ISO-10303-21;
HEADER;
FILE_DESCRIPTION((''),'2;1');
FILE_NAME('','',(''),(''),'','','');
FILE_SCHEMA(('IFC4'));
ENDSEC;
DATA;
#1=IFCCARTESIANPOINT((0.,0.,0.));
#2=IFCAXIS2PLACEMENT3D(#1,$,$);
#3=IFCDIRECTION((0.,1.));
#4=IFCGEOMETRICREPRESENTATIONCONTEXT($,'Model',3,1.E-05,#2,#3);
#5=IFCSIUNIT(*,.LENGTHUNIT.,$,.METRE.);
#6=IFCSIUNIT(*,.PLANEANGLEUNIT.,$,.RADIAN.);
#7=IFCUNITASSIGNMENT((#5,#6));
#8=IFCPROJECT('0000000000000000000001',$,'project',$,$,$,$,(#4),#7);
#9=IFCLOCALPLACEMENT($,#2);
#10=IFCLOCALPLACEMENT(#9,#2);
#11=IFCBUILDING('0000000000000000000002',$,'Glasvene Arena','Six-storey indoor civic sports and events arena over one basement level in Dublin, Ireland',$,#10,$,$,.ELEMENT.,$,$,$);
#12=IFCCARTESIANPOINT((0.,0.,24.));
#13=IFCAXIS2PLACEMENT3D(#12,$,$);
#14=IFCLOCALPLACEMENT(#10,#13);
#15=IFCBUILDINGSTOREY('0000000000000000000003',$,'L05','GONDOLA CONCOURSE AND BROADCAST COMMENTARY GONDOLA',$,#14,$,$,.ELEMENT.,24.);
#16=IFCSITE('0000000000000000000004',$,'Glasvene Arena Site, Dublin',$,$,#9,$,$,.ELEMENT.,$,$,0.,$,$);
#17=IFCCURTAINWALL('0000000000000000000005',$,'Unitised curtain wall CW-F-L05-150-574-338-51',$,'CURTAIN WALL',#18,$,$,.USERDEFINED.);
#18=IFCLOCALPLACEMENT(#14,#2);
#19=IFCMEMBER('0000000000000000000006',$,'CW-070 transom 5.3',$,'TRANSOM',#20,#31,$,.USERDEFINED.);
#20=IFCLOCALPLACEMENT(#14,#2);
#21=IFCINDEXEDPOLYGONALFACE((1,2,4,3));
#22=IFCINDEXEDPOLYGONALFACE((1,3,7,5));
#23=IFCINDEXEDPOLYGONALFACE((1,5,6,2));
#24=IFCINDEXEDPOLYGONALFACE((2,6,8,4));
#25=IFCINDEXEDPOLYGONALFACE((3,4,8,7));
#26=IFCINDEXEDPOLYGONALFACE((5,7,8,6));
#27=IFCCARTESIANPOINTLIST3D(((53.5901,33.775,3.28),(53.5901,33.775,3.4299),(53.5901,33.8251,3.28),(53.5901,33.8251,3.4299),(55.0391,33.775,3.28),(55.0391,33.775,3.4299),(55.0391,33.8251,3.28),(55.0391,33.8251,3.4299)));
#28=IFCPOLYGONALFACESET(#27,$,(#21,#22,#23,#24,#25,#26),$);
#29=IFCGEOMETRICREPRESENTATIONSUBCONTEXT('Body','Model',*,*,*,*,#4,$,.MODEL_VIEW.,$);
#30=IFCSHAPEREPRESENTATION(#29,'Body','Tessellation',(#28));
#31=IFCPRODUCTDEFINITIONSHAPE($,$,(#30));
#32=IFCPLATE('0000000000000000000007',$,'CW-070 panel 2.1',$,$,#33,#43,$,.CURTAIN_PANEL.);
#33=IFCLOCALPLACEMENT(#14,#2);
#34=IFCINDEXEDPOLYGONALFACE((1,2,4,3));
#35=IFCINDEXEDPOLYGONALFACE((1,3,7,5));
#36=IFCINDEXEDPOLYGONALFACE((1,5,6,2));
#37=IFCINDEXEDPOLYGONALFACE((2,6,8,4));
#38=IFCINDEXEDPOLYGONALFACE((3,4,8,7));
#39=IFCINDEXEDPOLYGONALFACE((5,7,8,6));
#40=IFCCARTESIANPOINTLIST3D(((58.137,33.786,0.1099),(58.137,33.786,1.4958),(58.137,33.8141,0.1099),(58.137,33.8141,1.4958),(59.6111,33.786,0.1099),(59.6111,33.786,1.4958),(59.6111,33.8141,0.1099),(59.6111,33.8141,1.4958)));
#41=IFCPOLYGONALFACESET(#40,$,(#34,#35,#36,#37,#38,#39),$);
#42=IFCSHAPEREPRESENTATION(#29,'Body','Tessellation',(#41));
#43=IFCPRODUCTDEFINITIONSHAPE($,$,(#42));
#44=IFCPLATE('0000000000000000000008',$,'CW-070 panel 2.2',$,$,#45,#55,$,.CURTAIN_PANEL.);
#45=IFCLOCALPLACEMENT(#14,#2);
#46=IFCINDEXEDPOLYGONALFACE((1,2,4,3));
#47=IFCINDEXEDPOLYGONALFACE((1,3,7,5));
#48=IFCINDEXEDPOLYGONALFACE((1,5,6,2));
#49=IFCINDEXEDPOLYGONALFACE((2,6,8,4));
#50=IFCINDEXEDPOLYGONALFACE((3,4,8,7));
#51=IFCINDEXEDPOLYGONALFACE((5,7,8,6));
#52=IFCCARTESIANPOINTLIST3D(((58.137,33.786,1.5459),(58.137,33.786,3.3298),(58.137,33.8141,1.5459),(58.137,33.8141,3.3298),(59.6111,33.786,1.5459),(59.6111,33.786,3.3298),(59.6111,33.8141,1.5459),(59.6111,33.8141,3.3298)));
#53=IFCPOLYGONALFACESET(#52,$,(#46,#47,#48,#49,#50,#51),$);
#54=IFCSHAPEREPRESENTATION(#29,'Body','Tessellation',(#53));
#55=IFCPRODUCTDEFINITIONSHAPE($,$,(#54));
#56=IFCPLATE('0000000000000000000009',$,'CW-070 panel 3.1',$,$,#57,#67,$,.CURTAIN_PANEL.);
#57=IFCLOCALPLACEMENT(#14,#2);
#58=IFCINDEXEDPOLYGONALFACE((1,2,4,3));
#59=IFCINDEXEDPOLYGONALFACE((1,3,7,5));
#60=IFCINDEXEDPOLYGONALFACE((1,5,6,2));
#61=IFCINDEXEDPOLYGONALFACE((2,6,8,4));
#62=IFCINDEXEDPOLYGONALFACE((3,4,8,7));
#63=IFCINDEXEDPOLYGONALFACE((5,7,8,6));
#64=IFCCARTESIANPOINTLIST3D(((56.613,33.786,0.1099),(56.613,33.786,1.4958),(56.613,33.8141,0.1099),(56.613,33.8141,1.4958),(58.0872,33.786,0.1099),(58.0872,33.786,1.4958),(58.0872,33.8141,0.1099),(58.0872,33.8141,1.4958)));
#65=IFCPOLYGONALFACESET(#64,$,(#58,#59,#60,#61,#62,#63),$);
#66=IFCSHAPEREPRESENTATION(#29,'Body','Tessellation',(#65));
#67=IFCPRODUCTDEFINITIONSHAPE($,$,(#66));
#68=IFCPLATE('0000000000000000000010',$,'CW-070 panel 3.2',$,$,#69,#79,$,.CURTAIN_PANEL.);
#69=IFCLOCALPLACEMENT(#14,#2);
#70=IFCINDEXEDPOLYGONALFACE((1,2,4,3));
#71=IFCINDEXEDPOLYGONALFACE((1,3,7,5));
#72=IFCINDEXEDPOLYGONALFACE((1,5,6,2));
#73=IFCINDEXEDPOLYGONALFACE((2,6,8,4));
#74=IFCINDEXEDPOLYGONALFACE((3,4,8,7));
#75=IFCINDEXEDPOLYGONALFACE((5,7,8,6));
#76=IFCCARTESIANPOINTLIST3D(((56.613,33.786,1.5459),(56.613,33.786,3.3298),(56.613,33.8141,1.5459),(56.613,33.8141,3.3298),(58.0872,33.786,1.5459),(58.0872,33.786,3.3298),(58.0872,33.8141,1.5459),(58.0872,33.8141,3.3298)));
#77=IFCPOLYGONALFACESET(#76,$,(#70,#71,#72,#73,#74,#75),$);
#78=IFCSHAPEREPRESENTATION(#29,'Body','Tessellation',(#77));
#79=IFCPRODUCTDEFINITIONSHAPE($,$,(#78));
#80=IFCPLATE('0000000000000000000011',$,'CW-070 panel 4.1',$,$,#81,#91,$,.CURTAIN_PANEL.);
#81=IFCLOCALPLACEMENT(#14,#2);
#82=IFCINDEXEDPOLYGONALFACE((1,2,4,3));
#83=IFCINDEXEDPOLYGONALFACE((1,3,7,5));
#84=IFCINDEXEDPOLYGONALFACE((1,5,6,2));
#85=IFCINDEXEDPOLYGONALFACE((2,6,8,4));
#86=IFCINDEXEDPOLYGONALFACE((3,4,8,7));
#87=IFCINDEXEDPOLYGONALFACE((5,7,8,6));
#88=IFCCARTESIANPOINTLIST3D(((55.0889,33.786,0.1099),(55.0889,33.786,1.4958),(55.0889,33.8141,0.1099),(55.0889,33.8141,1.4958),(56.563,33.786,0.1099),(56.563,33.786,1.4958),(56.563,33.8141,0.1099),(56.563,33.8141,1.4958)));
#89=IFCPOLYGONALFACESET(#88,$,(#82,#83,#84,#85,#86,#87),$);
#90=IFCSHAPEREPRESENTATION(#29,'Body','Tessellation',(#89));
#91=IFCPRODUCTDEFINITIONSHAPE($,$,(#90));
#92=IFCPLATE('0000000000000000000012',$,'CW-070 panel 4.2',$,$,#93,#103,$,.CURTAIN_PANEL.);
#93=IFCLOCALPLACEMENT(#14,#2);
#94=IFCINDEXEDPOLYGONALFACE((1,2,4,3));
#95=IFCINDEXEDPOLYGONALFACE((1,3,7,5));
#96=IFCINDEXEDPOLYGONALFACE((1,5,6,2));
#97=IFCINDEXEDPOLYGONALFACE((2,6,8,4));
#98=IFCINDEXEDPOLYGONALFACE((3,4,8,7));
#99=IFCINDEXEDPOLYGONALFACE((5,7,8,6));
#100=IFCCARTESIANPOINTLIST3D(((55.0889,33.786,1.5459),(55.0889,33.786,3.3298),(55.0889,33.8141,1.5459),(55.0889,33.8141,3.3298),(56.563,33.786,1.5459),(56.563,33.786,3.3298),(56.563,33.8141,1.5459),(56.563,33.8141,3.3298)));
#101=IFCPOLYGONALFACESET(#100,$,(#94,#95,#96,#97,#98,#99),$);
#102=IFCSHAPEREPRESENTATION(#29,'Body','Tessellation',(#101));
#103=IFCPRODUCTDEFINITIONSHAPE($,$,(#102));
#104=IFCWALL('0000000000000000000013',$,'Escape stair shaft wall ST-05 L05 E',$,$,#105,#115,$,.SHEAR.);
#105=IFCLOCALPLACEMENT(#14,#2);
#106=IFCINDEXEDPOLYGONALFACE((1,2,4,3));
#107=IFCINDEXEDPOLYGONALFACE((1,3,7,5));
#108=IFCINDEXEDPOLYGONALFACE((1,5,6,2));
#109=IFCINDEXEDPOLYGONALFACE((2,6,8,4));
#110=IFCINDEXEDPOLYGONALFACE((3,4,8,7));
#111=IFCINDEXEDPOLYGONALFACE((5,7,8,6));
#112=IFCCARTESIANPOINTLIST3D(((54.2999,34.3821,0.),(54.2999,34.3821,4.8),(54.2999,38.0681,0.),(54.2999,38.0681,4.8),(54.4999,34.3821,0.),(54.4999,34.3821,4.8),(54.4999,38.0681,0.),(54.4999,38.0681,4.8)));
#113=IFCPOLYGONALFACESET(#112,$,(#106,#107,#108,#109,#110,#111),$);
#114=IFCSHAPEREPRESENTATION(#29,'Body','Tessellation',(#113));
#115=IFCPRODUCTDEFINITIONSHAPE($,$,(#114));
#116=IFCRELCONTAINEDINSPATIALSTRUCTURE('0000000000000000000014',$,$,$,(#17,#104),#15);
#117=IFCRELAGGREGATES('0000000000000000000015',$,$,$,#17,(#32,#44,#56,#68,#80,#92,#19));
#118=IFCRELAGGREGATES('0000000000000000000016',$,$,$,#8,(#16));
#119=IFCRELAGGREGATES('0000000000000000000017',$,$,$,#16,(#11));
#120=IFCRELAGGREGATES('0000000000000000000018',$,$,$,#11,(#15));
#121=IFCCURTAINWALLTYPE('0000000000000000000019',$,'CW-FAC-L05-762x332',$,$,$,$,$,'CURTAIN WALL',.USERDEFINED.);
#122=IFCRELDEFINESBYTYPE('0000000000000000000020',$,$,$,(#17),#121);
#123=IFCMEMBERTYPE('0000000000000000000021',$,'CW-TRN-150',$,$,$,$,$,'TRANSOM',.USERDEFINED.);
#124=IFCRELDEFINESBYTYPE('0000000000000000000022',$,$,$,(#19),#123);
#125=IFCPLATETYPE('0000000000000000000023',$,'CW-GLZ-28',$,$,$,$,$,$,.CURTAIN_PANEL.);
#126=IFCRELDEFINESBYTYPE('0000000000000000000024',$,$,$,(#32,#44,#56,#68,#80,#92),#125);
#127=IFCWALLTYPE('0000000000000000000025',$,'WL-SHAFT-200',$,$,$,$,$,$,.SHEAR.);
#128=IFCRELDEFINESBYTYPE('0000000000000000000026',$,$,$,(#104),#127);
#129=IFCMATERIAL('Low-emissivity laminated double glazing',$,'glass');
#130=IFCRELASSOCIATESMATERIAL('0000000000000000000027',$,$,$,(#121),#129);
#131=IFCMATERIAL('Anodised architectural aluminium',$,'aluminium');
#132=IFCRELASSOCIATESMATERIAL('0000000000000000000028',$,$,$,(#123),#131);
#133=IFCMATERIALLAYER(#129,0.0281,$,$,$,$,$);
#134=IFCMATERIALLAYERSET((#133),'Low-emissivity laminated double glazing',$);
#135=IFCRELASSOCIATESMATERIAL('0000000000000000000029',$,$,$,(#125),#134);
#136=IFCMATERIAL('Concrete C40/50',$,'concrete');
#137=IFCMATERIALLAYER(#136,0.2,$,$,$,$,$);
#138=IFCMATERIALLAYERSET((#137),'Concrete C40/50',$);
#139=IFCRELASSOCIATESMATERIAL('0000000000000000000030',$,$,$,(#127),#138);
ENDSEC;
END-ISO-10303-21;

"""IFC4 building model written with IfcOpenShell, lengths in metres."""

from ifc_helpers import new_model, si_unit, direction, frame, frame_2d, origin, origin_2d, place, context, subcontext, project, spatial, rectangle, extrude, material, layer, layer_set, material_profile, profile_set, type_object, element, aggregate, save


model = new_model("IFC4")

# Units and contexts
model_context = context("Model", 3, precision=1e-05, world=origin(), true_north=direction((0.0, 1.0)))
body_context = subcontext(model_context, "Body", "Model", "MODEL_VIEW")
ifc_project = project(units=[si_unit("LENGTHUNIT", "METRE"), si_unit("PLANEANGLEUNIT", "RADIAN")], contexts=[model_context])

# Site, building, storey
site_placement = place(None, origin())
site = spatial("IfcSite", under=ifc_project, at=site_placement, Name="Glasvene Arena Site, Dublin", CompositionType="ELEMENT", RefElevation=0.0)
building_placement = place(site_placement, origin())
building = spatial("IfcBuilding", under=site, at=building_placement, Name="Glasvene Arena", Description="Six-storey indoor civic sports and events arena over one basement level in Dublin, Ireland", CompositionType="ELEMENT")
storey_placement = place(building_placement, frame((0.0, 0.0, 24.0)))
storey = spatial("IfcBuildingStorey", under=building, at=storey_placement, Name="L05", Description="GONDOLA CONCOURSE AND BROADCAST COMMENTARY GONDOLA", CompositionType="ELEMENT", Elevation=24.0)

# Curtain wall, member, plates
ifc_material_1 = material(Name="Low-emissivity laminated double glazing", Category="glass")
curtain_wall_type = type_object("IfcCurtainWallType", Name="CW-FAC-L05-762x332", ElementType="CURTAIN WALL", PredefinedType="USERDEFINED", material=ifc_material_1)
curtain_wall_placement = place(storey_placement, frame((61.1599, 33.8, 0.0)))
curtain_wall = element("IfcCurtainWall", 1, at=curtain_wall_placement, inside=storey, type_object=curtain_wall_type, Name="Unitised curtain wall CW-F-L05-150-574-338-51", ObjectType="CURTAIN WALL", PredefinedType="USERDEFINED")
ifc_material_2 = material(Name="Anodised architectural aluminium", Category="aluminium")
ifc_material_profile_1 = material_profile(ifc_material_2, rectangle(XDim=0.05, YDim=0.1499, at=origin_2d()), Name="ALU TRANSOM 50x150")
ifc_profile_set_1 = profile_set([ifc_material_profile_1], Name="Anodised architectural aluminium")
member_type_1 = type_object("IfcMemberType", Name="CW-TRN-150", ElementType="TRANSOM", PredefinedType="USERDEFINED", material=ifc_profile_set_1)
member_1_placement = place(storey_placement, frame((55.0391, 33.8, 3.355), z_axis=(-1.0, 0.0, 0.0), x_axis=(0.0, -1.0, 0.0)))
member_1 = element("IfcMember", 2, at=member_1_placement, type_object=member_type_1, Name="CW-070 transom 5.3", ObjectType="TRANSOM", PredefinedType="USERDEFINED", context=body_context, shape_type="SweptSolid", body=[
    extrude(rectangle(XDim=0.05, YDim=0.1499, at=origin_2d()), origin(), (0.0, 0.0, 1.0), 1.449),
])
ifc_layer_1 = layer(ifc_material_1, 0.0281)
ifc_layer_set_1 = layer_set([ifc_layer_1], Name="Low-emissivity laminated double glazing")
plate_type = type_object("IfcPlateType", Name="CW-GLZ-28", PredefinedType="CURTAIN_PANEL", material=ifc_layer_set_1)
plate_1_placement = place(storey_placement, frame((58.874, 33.8, 0.1099), z_axis=(0.0, 0.0, 1.0), x_axis=(-1.0, 0.0, 0.0)))
plate_1 = element("IfcPlate", 3, at=plate_1_placement, type_object=plate_type, Name="CW-070 panel 2.1", PredefinedType="CURTAIN_PANEL", context=body_context, shape_type="SweptSolid", body=[
    extrude(rectangle(XDim=1.4741, YDim=0.0281, at=origin_2d()), origin(), (0.0, 0.0, 1.0), 1.386),
])
plate_2_placement = place(storey_placement, frame((58.874, 33.8, 1.5459), z_axis=(0.0, 0.0, 1.0), x_axis=(-1.0, 0.0, 0.0)))
plate_2 = element("IfcPlate", 4, at=plate_2_placement, type_object=plate_type, Name="CW-070 panel 2.2", PredefinedType="CURTAIN_PANEL", context=body_context, shape_type="SweptSolid", body=[
    extrude(rectangle(XDim=1.4741, YDim=0.0281, at=origin_2d()), origin(), (0.0, 0.0, 1.0), 1.7839),
])
plate_3_placement = place(storey_placement, frame((57.3501, 33.8, 0.1099), z_axis=(0.0, 0.0, 1.0), x_axis=(-1.0, 0.0, 0.0)))
plate_3 = element("IfcPlate", 5, at=plate_3_placement, type_object=plate_type, Name="CW-070 panel 3.1", PredefinedType="CURTAIN_PANEL", context=body_context, shape_type="SweptSolid", body=[
    extrude(rectangle(XDim=1.4741, YDim=0.0281, at=origin_2d()), origin(), (0.0, 0.0, 1.0), 1.386),
])
plate_4_placement = place(storey_placement, frame((57.3501, 33.8, 1.5459), z_axis=(0.0, 0.0, 1.0), x_axis=(-1.0, 0.0, 0.0)))
plate_4 = element("IfcPlate", 6, at=plate_4_placement, type_object=plate_type, Name="CW-070 panel 3.2", PredefinedType="CURTAIN_PANEL", context=body_context, shape_type="SweptSolid", body=[
    extrude(rectangle(XDim=1.4741, YDim=0.0281, at=origin_2d()), origin(), (0.0, 0.0, 1.0), 1.7839),
])
plate_5_placement = place(storey_placement, frame((55.8259, 33.8, 0.1099), z_axis=(0.0, 0.0, 1.0), x_axis=(-1.0, 0.0, 0.0)))
plate_5 = element("IfcPlate", 7, at=plate_5_placement, type_object=plate_type, Name="CW-070 panel 4.1", PredefinedType="CURTAIN_PANEL", context=body_context, shape_type="SweptSolid", body=[
    extrude(rectangle(XDim=1.4741, YDim=0.0281, at=origin_2d()), origin(), (0.0, 0.0, 1.0), 1.386),
])
plate_6_placement = place(storey_placement, frame((55.8259, 33.8, 1.5459), z_axis=(0.0, 0.0, 1.0), x_axis=(-1.0, 0.0, 0.0)))
plate_6 = element("IfcPlate", 8, at=plate_6_placement, type_object=plate_type, Name="CW-070 panel 4.2", PredefinedType="CURTAIN_PANEL", context=body_context, shape_type="SweptSolid", body=[
    extrude(rectangle(XDim=1.4741, YDim=0.0281, at=origin_2d()), origin(), (0.0, 0.0, 1.0), 1.7839),
])
aggregate(curtain_wall, [plate_1, plate_2, plate_3, plate_4, plate_5, plate_6, member_1])

# Wall
ifc_material_3 = material(Name="Concrete C40/50", Category="concrete")
ifc_layer_2 = layer(ifc_material_3, 0.2)
ifc_layer_set_2 = layer_set([ifc_layer_2], Name="Concrete C40/50")
wall_type = type_object("IfcWallType", Name="WL-SHAFT-200", PredefinedType="SHEAR", material=ifc_layer_set_2)
wall_placement = place(storey_placement, frame((54.3999, 34.3821, 0.0), z_axis=(0.0, 0.0, 1.0), x_axis=(0.0, 1.0, 0.0)))
element("IfcWall", 9, at=wall_placement, inside=storey, type_object=wall_type, Name="Escape stair shaft wall ST-05 L05 E", PredefinedType="SHEAR", context=body_context, shape_type="SweptSolid", body=[
    extrude(rectangle(XDim=3.686, YDim=0.2, at=frame_2d((1.843, 0.0))), origin(), (0.0, 0.0, 1.0), 4.8),
])

save(model, "model.ifc")
